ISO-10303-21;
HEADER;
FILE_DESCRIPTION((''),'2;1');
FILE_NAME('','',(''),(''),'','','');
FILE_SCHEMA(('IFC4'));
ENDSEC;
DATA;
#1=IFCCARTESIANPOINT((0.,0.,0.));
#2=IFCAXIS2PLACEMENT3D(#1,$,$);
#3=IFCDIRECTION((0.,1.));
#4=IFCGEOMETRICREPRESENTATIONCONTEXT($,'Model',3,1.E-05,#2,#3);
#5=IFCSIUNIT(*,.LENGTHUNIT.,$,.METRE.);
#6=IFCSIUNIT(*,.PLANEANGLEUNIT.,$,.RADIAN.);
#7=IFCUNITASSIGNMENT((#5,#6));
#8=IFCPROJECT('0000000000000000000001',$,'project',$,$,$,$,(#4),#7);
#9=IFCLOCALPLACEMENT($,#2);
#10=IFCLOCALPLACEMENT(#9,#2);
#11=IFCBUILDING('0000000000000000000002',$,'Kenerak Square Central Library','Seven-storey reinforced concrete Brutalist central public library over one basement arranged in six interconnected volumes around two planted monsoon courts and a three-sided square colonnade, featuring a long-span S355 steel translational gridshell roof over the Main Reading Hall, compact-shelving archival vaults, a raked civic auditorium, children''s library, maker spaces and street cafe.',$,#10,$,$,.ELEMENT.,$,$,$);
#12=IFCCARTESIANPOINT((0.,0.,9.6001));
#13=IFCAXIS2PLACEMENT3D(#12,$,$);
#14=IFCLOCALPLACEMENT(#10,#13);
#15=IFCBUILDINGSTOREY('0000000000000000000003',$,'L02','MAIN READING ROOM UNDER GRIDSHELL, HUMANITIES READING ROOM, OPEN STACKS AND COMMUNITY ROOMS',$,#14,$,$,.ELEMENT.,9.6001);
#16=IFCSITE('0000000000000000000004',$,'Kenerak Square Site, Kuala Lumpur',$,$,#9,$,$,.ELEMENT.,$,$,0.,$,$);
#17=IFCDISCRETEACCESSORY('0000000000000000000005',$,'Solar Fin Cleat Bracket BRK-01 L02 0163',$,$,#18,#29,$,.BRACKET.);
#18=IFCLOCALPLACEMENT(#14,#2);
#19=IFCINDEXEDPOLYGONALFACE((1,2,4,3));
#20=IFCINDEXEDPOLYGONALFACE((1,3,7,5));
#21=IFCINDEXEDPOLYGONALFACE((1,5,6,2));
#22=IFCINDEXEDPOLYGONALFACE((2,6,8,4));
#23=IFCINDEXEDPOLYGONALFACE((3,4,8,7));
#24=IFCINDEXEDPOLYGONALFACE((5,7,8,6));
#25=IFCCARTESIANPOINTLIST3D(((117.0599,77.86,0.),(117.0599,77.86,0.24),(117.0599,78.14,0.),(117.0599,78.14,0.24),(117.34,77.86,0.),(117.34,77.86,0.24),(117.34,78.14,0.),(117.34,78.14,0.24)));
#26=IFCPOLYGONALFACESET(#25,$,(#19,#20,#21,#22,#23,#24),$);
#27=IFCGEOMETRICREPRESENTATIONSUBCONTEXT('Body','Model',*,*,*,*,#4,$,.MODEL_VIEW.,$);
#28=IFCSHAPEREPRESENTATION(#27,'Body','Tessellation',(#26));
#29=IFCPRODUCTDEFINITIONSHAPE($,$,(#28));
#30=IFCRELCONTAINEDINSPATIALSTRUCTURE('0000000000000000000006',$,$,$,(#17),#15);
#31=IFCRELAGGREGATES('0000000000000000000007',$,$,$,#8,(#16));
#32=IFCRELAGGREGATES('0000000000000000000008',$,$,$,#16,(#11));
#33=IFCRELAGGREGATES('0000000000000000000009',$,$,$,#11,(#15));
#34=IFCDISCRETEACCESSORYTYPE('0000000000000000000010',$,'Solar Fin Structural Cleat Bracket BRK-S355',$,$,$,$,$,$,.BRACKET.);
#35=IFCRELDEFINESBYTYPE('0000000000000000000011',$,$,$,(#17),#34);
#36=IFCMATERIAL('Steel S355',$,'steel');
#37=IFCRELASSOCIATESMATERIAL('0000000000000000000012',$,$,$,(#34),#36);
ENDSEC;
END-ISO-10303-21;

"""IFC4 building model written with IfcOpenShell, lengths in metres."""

from ifc_helpers import new_model, si_unit, direction, frame, origin, origin_2d, place, context, subcontext, project, spatial, rectangle, extrude, material, type_object, element, save


model = new_model("IFC4")

# Units and contexts
model_context = context("Model", 3, precision=1e-05, world=origin(), true_north=direction((0.0, 1.0)))
body_context = subcontext(model_context, "Body", "Model", "MODEL_VIEW")
ifc_project = project(units=[si_unit("LENGTHUNIT", "METRE"), si_unit("PLANEANGLEUNIT", "RADIAN")], contexts=[model_context])

# Site, building, storey
site_placement = place(None, origin())
site = spatial("IfcSite", under=ifc_project, at=site_placement, Name="Kenerak Square Site, Kuala Lumpur", CompositionType="ELEMENT", RefElevation=0.0)
building_placement = place(site_placement, origin())
building = spatial("IfcBuilding", under=site, at=building_placement, Name="Kenerak Square Central Library", Description="Seven-storey reinforced concrete Brutalist central public library over one basement arranged in six interconnected volumes around two planted monsoon courts and a three-sided square colonnade, featuring a long-span S355 steel translational gridshell roof over the Main Reading Hall, compact-shelving archival vaults, a raked civic auditorium, children's library, maker spaces and street cafe.", CompositionType="ELEMENT")
storey_placement = place(building_placement, frame((0.0, 0.0, 9.6001)))
storey = spatial("IfcBuildingStorey", under=building, at=storey_placement, Name="L02", Description="MAIN READING ROOM UNDER GRIDSHELL, HUMANITIES READING ROOM, OPEN STACKS AND COMMUNITY ROOMS", CompositionType="ELEMENT", Elevation=9.6001)

# Shared definitions
ifc_material_1 = material(Name="Steel S355", Category="steel")

# Discrete accessory
discrete_accessory_type = type_object("IfcDiscreteAccessoryType", Name="Solar Fin Structural Cleat Bracket BRK-S355", PredefinedType="BRACKET", material=ifc_material_1)
discrete_accessory_placement = place(storey_placement, frame((117.2, 78.0, 0.0), z_axis=(0.0, 0.0, 1.0), x_axis=(0.0, -1.0, 0.0)))
element("IfcDiscreteAccessory", 1, at=discrete_accessory_placement, inside=storey, type_object=discrete_accessory_type, Name="Solar Fin Cleat Bracket BRK-01 L02 0163", PredefinedType="BRACKET", context=body_context, shape_type="SweptSolid", body=[
    extrude(rectangle(XDim=0.28, YDim=0.28, at=origin_2d()), origin(), (0.0, 0.0, 1.0), 0.24),
])

save(model, "model.ifc")
